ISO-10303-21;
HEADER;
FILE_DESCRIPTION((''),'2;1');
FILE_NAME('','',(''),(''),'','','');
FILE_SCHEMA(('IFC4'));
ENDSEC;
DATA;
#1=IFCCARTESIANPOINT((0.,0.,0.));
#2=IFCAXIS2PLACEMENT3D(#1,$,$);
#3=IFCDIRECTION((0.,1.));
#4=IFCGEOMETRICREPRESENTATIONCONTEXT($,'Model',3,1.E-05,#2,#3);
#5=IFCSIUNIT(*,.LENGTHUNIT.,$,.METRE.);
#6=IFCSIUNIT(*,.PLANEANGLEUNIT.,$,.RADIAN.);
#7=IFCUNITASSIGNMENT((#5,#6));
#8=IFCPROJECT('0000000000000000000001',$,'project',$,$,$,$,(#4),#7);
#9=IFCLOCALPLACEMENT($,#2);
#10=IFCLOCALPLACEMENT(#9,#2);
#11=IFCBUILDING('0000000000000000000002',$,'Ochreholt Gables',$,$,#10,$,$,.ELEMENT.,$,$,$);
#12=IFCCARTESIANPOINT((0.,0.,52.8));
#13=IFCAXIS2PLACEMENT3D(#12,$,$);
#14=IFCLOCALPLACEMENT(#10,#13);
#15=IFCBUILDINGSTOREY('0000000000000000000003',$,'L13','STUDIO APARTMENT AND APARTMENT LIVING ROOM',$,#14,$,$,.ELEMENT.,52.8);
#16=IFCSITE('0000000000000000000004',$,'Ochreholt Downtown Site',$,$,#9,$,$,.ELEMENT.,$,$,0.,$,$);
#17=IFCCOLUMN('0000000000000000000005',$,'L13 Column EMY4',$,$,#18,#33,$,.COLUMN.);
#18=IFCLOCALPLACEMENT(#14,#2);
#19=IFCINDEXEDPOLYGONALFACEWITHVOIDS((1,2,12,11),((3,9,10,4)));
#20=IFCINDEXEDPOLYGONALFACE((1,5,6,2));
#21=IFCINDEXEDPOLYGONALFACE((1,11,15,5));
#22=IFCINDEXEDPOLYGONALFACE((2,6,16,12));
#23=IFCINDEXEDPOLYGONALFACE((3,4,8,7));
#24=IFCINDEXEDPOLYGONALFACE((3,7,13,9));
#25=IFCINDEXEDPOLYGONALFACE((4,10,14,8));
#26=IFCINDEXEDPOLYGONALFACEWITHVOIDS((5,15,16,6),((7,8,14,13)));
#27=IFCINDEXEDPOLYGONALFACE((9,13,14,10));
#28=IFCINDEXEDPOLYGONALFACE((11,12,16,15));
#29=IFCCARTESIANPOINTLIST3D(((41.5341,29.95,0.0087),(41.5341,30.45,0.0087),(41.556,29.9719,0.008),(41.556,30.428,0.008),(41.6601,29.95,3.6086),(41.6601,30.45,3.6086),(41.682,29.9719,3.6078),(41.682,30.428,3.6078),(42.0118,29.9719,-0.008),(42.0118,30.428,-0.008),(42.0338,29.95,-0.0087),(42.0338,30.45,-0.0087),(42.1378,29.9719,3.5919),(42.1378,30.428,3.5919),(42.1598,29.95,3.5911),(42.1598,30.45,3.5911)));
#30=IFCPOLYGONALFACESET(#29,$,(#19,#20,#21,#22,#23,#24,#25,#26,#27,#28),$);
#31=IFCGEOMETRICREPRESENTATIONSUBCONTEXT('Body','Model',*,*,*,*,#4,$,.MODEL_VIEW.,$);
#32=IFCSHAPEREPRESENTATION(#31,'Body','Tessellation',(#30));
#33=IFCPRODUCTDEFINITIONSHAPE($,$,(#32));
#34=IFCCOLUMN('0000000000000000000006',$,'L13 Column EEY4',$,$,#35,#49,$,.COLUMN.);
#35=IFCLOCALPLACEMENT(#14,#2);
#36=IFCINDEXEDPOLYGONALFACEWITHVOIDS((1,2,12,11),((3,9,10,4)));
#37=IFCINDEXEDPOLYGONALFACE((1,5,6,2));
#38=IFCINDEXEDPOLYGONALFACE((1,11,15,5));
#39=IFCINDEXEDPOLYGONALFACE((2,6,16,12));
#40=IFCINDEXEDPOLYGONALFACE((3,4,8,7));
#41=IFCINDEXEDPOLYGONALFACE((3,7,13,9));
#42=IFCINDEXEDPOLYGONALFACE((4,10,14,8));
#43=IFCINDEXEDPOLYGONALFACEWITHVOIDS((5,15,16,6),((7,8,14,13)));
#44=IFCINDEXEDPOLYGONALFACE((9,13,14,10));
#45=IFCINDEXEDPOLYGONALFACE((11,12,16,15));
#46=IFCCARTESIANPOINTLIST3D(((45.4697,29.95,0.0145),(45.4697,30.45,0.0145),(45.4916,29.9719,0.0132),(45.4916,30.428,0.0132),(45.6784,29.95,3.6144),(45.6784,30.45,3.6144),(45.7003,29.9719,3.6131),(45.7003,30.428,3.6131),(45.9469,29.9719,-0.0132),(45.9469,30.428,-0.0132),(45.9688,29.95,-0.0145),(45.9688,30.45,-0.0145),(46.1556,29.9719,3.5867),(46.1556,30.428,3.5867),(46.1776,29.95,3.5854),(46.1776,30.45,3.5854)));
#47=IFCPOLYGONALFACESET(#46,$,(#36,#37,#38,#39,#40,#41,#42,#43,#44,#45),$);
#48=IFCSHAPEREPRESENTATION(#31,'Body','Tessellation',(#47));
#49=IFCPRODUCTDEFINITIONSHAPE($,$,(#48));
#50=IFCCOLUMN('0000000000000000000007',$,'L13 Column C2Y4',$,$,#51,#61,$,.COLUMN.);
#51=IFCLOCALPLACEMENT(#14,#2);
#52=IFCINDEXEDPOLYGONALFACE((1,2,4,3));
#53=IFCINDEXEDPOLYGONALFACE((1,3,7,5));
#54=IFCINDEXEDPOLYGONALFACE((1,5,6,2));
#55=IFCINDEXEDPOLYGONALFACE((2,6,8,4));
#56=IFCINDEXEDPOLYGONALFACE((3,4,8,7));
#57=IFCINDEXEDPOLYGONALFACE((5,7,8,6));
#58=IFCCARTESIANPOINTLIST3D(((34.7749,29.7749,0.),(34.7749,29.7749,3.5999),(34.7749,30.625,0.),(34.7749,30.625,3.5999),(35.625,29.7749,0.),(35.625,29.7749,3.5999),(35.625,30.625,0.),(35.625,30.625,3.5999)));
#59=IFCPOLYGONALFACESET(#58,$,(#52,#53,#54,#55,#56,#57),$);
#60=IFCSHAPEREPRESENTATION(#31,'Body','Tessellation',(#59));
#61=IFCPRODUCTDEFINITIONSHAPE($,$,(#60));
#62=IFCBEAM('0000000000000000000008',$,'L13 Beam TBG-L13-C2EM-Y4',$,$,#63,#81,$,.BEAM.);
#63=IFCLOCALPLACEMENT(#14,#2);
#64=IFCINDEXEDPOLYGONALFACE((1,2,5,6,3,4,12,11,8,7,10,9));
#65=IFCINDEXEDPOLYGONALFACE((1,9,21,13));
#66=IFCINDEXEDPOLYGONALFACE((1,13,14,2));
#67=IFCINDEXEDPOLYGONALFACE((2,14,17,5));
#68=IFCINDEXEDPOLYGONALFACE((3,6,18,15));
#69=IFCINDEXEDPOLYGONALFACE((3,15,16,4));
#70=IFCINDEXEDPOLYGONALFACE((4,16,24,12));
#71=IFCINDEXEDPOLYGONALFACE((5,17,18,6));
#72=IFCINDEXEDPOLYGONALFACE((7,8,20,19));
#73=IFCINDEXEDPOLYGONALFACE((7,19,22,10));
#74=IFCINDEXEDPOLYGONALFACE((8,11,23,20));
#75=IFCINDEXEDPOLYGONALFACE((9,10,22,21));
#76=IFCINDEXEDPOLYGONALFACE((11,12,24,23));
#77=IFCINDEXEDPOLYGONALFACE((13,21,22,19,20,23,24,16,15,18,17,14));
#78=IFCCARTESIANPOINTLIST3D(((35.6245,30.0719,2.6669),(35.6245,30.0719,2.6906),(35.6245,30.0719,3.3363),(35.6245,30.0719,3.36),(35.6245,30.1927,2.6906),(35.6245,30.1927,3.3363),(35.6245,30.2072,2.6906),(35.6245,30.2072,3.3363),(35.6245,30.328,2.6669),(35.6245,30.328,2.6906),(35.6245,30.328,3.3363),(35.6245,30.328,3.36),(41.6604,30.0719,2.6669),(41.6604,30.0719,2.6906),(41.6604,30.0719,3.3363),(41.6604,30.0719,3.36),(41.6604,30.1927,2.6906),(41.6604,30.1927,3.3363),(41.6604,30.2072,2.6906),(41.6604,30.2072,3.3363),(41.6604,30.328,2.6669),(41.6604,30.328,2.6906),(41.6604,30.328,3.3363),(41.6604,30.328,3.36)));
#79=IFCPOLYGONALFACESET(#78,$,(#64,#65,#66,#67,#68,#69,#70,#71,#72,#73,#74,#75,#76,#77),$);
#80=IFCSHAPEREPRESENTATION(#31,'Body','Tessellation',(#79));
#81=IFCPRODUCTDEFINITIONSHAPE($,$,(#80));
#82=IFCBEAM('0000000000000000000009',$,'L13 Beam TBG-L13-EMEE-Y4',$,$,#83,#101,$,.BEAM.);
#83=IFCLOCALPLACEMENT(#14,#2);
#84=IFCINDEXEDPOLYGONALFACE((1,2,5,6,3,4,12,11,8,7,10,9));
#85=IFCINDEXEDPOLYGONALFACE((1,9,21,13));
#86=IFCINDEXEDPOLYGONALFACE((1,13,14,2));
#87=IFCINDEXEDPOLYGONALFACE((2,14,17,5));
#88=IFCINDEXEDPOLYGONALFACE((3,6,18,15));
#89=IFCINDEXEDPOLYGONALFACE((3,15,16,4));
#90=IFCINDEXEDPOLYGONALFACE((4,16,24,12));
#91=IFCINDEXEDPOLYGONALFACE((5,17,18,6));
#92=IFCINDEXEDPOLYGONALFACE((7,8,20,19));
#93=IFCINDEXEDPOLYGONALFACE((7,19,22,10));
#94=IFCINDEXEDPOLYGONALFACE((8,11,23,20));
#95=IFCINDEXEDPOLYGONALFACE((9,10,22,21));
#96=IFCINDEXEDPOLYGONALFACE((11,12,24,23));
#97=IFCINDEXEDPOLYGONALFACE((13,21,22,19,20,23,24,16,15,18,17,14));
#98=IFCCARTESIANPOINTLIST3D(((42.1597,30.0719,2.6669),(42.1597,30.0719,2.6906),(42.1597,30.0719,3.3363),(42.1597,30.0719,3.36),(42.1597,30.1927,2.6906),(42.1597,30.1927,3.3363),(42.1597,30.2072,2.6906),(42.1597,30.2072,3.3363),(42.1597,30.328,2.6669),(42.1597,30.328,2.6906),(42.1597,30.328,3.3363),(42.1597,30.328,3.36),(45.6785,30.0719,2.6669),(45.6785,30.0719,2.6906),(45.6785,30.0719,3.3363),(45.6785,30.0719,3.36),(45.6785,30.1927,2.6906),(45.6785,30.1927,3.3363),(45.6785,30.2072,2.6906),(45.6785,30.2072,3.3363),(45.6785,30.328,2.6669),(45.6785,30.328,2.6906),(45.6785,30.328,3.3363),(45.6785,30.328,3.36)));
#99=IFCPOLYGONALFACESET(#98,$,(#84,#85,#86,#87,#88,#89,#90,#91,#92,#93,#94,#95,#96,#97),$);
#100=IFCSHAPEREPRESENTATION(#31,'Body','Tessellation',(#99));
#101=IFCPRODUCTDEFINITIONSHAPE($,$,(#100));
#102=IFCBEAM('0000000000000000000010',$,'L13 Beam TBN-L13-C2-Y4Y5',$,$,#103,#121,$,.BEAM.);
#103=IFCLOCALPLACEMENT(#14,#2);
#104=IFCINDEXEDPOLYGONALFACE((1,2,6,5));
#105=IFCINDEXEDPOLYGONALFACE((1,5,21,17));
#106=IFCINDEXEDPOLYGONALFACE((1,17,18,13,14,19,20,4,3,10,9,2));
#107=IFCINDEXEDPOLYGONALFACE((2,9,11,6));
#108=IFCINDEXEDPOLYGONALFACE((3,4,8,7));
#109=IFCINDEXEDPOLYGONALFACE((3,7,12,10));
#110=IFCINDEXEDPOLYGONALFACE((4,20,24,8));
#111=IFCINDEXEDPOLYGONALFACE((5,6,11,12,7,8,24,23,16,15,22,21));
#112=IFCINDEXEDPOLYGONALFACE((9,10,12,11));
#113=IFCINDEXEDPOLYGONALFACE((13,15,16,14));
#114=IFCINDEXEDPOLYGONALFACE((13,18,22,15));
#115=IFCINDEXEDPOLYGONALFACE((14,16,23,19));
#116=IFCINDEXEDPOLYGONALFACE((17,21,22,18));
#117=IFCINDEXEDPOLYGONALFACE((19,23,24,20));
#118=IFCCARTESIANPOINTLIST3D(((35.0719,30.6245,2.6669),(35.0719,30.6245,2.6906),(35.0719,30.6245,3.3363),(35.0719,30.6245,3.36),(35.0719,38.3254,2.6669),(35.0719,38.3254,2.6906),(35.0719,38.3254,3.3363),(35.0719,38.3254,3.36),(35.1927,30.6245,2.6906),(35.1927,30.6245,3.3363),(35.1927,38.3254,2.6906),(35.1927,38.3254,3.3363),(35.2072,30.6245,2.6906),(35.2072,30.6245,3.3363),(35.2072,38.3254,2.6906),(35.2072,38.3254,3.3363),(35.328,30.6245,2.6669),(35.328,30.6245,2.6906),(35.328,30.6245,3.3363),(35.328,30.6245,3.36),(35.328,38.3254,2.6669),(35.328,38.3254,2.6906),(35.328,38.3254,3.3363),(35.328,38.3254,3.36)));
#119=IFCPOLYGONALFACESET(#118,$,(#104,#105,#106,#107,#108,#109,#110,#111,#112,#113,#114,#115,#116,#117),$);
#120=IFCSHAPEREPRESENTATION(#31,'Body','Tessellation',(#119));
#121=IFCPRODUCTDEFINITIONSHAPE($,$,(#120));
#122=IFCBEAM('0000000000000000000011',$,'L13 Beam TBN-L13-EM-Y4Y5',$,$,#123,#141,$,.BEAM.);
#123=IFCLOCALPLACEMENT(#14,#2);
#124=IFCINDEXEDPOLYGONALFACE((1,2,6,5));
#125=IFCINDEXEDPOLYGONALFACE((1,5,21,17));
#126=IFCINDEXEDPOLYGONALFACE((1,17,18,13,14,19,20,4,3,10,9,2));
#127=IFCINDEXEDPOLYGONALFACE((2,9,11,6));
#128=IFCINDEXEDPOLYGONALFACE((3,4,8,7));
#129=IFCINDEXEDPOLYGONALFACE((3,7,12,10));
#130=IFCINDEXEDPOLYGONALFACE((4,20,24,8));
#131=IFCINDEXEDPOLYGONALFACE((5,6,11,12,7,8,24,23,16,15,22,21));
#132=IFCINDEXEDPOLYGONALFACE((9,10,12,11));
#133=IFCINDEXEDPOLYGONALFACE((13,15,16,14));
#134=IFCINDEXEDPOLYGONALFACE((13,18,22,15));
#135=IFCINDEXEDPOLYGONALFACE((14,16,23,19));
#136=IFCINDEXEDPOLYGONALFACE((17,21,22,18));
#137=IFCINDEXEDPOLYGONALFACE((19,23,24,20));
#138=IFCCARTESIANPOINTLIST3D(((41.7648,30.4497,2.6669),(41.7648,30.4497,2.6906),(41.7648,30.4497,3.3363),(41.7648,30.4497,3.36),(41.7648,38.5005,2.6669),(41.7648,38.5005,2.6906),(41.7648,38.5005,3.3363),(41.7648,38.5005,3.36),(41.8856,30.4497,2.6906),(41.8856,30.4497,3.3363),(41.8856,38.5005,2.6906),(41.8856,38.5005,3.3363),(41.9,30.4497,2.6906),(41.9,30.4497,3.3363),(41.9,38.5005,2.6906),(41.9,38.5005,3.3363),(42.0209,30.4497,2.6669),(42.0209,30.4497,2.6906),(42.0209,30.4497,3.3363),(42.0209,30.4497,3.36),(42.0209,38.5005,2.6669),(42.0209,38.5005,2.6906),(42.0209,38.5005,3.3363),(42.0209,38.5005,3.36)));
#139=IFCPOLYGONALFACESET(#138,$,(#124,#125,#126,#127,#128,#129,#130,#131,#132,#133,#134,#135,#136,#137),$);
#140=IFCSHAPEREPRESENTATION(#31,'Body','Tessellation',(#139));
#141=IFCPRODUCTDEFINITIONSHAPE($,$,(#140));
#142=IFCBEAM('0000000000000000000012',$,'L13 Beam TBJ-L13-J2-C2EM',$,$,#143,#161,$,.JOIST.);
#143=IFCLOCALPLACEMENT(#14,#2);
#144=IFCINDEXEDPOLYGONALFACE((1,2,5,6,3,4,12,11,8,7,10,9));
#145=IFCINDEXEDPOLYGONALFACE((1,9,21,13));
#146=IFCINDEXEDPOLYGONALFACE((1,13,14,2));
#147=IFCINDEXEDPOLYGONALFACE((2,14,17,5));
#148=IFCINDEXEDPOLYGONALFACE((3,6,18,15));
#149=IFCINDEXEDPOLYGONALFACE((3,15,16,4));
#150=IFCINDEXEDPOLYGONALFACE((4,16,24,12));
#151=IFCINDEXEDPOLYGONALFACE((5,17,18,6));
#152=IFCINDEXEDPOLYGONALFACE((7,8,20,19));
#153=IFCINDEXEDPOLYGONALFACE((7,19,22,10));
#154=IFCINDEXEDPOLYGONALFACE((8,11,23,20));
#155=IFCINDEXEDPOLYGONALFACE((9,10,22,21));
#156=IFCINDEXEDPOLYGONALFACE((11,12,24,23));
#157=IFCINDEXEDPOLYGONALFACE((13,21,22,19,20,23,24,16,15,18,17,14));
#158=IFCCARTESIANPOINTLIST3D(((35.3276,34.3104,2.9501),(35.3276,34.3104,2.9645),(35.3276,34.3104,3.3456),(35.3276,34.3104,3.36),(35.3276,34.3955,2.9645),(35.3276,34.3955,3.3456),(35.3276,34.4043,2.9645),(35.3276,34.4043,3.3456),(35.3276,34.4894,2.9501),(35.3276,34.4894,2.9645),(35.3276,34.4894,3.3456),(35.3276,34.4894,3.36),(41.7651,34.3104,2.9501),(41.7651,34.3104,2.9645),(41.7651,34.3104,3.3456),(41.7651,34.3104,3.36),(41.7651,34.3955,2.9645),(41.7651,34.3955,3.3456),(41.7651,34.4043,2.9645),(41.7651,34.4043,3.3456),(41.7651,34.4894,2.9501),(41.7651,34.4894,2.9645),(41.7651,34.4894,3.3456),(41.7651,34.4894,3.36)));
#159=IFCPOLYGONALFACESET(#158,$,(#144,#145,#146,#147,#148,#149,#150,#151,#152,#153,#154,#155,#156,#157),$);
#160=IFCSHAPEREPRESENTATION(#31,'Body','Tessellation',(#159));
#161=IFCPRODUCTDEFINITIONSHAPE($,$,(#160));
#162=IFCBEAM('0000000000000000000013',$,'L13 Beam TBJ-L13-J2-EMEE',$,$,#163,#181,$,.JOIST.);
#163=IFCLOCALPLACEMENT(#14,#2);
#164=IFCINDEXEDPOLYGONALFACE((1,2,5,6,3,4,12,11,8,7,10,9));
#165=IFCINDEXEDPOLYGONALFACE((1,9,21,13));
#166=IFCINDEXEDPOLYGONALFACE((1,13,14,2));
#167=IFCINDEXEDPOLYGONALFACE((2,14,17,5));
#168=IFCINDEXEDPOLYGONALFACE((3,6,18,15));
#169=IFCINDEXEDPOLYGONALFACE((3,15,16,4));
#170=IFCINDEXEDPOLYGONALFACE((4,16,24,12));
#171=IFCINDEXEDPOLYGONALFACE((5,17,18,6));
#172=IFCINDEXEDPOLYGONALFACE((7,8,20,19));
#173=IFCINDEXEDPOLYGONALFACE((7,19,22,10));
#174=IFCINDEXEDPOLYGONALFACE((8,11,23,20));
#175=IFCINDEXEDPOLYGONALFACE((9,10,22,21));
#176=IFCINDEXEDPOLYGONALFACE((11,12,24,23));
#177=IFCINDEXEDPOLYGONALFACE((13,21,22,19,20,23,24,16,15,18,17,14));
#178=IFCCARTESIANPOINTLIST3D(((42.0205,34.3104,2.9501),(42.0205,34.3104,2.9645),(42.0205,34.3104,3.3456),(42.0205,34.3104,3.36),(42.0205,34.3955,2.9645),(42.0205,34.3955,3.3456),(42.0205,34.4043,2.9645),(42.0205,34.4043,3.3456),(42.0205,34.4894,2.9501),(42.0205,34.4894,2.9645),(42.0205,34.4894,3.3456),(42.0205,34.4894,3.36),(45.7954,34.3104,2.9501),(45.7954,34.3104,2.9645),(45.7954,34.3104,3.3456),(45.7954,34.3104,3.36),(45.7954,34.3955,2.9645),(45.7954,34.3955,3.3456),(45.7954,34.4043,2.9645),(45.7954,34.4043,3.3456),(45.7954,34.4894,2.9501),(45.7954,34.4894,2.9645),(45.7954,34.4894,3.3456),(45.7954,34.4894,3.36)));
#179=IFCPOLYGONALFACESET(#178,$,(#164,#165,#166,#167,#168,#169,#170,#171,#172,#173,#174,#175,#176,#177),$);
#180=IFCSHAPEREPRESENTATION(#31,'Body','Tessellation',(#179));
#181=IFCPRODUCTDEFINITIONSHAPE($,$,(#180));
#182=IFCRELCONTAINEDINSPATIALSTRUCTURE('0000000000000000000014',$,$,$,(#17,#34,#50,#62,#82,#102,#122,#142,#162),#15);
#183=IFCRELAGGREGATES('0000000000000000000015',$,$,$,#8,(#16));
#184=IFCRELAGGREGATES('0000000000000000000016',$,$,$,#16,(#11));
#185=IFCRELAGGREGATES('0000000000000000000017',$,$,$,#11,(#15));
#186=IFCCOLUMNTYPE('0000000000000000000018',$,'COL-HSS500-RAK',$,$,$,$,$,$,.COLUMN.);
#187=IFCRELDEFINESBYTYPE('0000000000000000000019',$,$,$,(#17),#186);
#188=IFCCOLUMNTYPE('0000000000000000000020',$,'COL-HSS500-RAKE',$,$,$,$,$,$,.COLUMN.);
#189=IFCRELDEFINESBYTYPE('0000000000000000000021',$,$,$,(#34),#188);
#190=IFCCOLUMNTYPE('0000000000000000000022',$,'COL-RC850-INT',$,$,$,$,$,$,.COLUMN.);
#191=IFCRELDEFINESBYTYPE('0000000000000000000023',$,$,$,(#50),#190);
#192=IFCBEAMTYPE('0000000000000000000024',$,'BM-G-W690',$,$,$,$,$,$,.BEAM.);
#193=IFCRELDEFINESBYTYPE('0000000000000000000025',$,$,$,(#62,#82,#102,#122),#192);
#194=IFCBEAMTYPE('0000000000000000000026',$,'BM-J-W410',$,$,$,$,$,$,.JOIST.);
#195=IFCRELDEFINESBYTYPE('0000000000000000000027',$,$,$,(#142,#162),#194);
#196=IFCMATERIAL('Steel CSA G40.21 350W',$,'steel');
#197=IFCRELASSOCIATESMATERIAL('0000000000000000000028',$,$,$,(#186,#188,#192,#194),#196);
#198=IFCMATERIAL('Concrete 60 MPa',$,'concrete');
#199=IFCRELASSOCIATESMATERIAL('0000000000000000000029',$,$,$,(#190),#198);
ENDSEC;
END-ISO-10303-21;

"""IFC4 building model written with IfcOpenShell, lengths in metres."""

from ifc_helpers import new_model, si_unit, direction, frame, origin, origin_2d, place, context, subcontext, project, spatial, rectangle, hollow_rectangle, i_section, extrude, material, material_profile, profile_set, type_object, element, save


model = new_model("IFC4")

# Units and contexts
model_context = context("Model", 3, precision=1e-05, world=origin(), true_north=direction((0.0, 1.0)))
body_context = subcontext(model_context, "Body", "Model", "MODEL_VIEW")
ifc_project = project(units=[si_unit("LENGTHUNIT", "METRE"), si_unit("PLANEANGLEUNIT", "RADIAN")], contexts=[model_context])

# Site, building, storey
site_placement = place(None, origin())
site = spatial("IfcSite", under=ifc_project, at=site_placement, Name="Ochreholt Downtown Site", CompositionType="ELEMENT", RefElevation=0.0)
building_placement = place(site_placement, origin())
building = spatial("IfcBuilding", under=site, at=building_placement, Name="Ochreholt Gables", CompositionType="ELEMENT")
storey_placement = place(building_placement, frame((0.0, 0.0, 52.8)))
storey = spatial("IfcBuildingStorey", under=building, at=storey_placement, Name="L13", Description="STUDIO APARTMENT AND APARTMENT LIVING ROOM", CompositionType="ELEMENT", Elevation=52.8)

# Columns
ifc_material_1 = material(Name="Steel CSA G40.21 350W", Category="steel")
ifc_material_profile_1 = material_profile(ifc_material_1, hollow_rectangle(XDim=0.5, YDim=0.5, WallThickness=0.022, at=origin_2d()), Name="HSS500X500X22")
ifc_profile_set_1 = profile_set([ifc_material_profile_1], Name="Steel CSA G40.21 350W")
column_type_1 = type_object("IfcColumnType", Name="COL-HSS500-RAK", PredefinedType="COLUMN", material=ifc_profile_set_1)
column_1_placement = place(storey_placement, frame((41.7839, 30.2, 0.0), z_axis=(0.034974, 0.0, 0.999388), x_axis=(0.0, 1.0, 0.0)))
element("IfcColumn", 1, at=column_1_placement, inside=storey, type_object=column_type_1, Name="L13 Column EMY4", PredefinedType="COLUMN", context=body_context, shape_type="SweptSolid", body=[
    extrude(hollow_rectangle(XDim=0.5, YDim=0.5, WallThickness=0.022, at=origin_2d()), origin(), (0.0, 0.0, 1.0), 3.6021),
])
ifc_material_profile_2 = material_profile(ifc_material_1, hollow_rectangle(XDim=0.5, YDim=0.5, WallThickness=0.022, at=origin_2d()), Name="HSS500X500X22")
ifc_profile_set_2 = profile_set([ifc_material_profile_2], Name="Steel CSA G40.21 350W")
column_type_2 = type_object("IfcColumnType", Name="COL-HSS500-RAKE", PredefinedType="COLUMN", material=ifc_profile_set_2)
column_2_placement = place(storey_placement, frame((45.7192, 30.2, 0.0), z_axis=(0.057889, 0.0, 0.998323), x_axis=(0.0, 1.0, 0.0)))
element("IfcColumn", 2, at=column_2_placement, inside=storey, type_object=column_type_2, Name="L13 Column EEY4", PredefinedType="COLUMN", context=body_context, shape_type="SweptSolid", body=[
    extrude(hollow_rectangle(XDim=0.5, YDim=0.5, WallThickness=0.022, at=origin_2d()), origin(), (0.0, 0.0, 1.0), 3.606),
])
ifc_material_2 = material(Name="Concrete 60 MPa", Category="concrete")
ifc_material_profile_3 = material_profile(ifc_material_2, rectangle(XDim=0.8501, YDim=0.8501, at=origin_2d()), Name="RC850X850")
ifc_profile_set_3 = profile_set([ifc_material_profile_3], Name="Concrete 60 MPa")
column_type_3 = type_object("IfcColumnType", Name="COL-RC850-INT", PredefinedType="COLUMN", material=ifc_profile_set_3)
column_3_placement = place(storey_placement, frame((35.2, 30.2, 0.0), z_axis=(0.0, 0.0, 1.0), x_axis=(1.0, 0.0, 0.0)))
element("IfcColumn", 3, at=column_3_placement, inside=storey, type_object=column_type_3, Name="L13 Column C2Y4", PredefinedType="COLUMN", context=body_context, shape_type="SweptSolid", body=[
    extrude(rectangle(XDim=0.8501, YDim=0.8501, at=origin_2d()), origin(), (0.0, 0.0, 1.0), 3.5999),
])

# Beams
ifc_material_profile_4 = material_profile(ifc_material_1, i_section(OverallWidth=0.2561, OverallDepth=0.6931, WebThickness=0.0144, FlangeThickness=0.0237, at=origin_2d()), Name="W690X170")
ifc_profile_set_4 = profile_set([ifc_material_profile_4], Name="Steel CSA G40.21 350W")
beam_type_1 = type_object("IfcBeamType", Name="BM-G-W690", PredefinedType="BEAM", material=ifc_profile_set_4)
beam_1_placement = place(storey_placement, frame((35.6245, 30.2, 3.0134), z_axis=(1.0, 0.0, 0.0), x_axis=(0.0, 1.0, 0.0)))
element("IfcBeam", 4, at=beam_1_placement, inside=storey, type_object=beam_type_1, Name="L13 Beam TBG-L13-C2EM-Y4", PredefinedType="BEAM", context=body_context, shape_type="SweptSolid", body=[
    extrude(i_section(OverallWidth=0.2561, OverallDepth=0.6931, WebThickness=0.0144, FlangeThickness=0.0237, at=origin_2d()), origin(), (0.0, 0.0, 1.0), 6.0359),
])
beam_2_placement = place(storey_placement, frame((42.1597, 30.2, 3.0134), z_axis=(1.0, 0.0, 0.0), x_axis=(0.0, 1.0, 0.0)))
element("IfcBeam", 5, at=beam_2_placement, inside=storey, type_object=beam_type_1, Name="L13 Beam TBG-L13-EMEE-Y4", PredefinedType="BEAM", context=body_context, shape_type="SweptSolid", body=[
    extrude(i_section(OverallWidth=0.2561, OverallDepth=0.6931, WebThickness=0.0144, FlangeThickness=0.0237, at=origin_2d()), origin(), (0.0, 0.0, 1.0), 3.5188),
])
beam_3_placement = place(storey_placement, frame((35.2, 30.6245, 3.0134), z_axis=(0.0, 1.0, 0.0), x_axis=(-1.0, 0.0, 0.0)))
element("IfcBeam", 6, at=beam_3_placement, inside=storey, type_object=beam_type_1, Name="L13 Beam TBN-L13-C2-Y4Y5", PredefinedType="BEAM", context=body_context, shape_type="SweptSolid", body=[
    extrude(i_section(OverallWidth=0.2561, OverallDepth=0.6931, WebThickness=0.0144, FlangeThickness=0.0237, at=origin_2d()), origin(), (0.0, 0.0, 1.0), 7.7009),
])
beam_4_placement = place(storey_placement, frame((41.8928, 30.4497, 3.0134), z_axis=(0.0, 1.0, 0.0), x_axis=(-1.0, 0.0, 0.0)))
element("IfcBeam", 7, at=beam_4_placement, inside=storey, type_object=beam_type_1, Name="L13 Beam TBN-L13-EM-Y4Y5", PredefinedType="BEAM", context=body_context, shape_type="SweptSolid", body=[
    extrude(i_section(OverallWidth=0.2561, OverallDepth=0.6931, WebThickness=0.0144, FlangeThickness=0.0237, at=origin_2d()), origin(), (0.0, 0.0, 1.0), 8.0508),
])
ifc_material_profile_5 = material_profile(ifc_material_1, i_section(OverallWidth=0.179, OverallDepth=0.4099, WebThickness=0.0088, FlangeThickness=0.0144, at=origin_2d()), Name="W410X67")
ifc_profile_set_5 = profile_set([ifc_material_profile_5], Name="Steel CSA G40.21 350W")
beam_type_2 = type_object("IfcBeamType", Name="BM-J-W410", PredefinedType="JOIST", material=ifc_profile_set_5)
beam_5_placement = place(storey_placement, frame((35.3276, 34.3999, 3.155), z_axis=(1.0, 0.0, 0.0), x_axis=(0.0, 1.0, 0.0)))
element("IfcBeam", 8, at=beam_5_placement, inside=storey, type_object=beam_type_2, Name="L13 Beam TBJ-L13-J2-C2EM", PredefinedType="JOIST", context=body_context, shape_type="SweptSolid", body=[
    extrude(i_section(OverallWidth=0.179, OverallDepth=0.4099, WebThickness=0.0088, FlangeThickness=0.0144, at=origin_2d()), origin(), (0.0, 0.0, 1.0), 6.4375),
])
beam_6_placement = place(storey_placement, frame((42.0205, 34.3999, 3.155), z_axis=(1.0, 0.0, 0.0), x_axis=(0.0, 1.0, 0.0)))
element("IfcBeam", 9, at=beam_6_placement, inside=storey, type_object=beam_type_2, Name="L13 Beam TBJ-L13-J2-EMEE", PredefinedType="JOIST", context=body_context, shape_type="SweptSolid", body=[
    extrude(i_section(OverallWidth=0.179, OverallDepth=0.4099, WebThickness=0.0088, FlangeThickness=0.0144, at=origin_2d()), origin(), (0.0, 0.0, 1.0), 3.7749),
])

save(model, "model.ifc")
